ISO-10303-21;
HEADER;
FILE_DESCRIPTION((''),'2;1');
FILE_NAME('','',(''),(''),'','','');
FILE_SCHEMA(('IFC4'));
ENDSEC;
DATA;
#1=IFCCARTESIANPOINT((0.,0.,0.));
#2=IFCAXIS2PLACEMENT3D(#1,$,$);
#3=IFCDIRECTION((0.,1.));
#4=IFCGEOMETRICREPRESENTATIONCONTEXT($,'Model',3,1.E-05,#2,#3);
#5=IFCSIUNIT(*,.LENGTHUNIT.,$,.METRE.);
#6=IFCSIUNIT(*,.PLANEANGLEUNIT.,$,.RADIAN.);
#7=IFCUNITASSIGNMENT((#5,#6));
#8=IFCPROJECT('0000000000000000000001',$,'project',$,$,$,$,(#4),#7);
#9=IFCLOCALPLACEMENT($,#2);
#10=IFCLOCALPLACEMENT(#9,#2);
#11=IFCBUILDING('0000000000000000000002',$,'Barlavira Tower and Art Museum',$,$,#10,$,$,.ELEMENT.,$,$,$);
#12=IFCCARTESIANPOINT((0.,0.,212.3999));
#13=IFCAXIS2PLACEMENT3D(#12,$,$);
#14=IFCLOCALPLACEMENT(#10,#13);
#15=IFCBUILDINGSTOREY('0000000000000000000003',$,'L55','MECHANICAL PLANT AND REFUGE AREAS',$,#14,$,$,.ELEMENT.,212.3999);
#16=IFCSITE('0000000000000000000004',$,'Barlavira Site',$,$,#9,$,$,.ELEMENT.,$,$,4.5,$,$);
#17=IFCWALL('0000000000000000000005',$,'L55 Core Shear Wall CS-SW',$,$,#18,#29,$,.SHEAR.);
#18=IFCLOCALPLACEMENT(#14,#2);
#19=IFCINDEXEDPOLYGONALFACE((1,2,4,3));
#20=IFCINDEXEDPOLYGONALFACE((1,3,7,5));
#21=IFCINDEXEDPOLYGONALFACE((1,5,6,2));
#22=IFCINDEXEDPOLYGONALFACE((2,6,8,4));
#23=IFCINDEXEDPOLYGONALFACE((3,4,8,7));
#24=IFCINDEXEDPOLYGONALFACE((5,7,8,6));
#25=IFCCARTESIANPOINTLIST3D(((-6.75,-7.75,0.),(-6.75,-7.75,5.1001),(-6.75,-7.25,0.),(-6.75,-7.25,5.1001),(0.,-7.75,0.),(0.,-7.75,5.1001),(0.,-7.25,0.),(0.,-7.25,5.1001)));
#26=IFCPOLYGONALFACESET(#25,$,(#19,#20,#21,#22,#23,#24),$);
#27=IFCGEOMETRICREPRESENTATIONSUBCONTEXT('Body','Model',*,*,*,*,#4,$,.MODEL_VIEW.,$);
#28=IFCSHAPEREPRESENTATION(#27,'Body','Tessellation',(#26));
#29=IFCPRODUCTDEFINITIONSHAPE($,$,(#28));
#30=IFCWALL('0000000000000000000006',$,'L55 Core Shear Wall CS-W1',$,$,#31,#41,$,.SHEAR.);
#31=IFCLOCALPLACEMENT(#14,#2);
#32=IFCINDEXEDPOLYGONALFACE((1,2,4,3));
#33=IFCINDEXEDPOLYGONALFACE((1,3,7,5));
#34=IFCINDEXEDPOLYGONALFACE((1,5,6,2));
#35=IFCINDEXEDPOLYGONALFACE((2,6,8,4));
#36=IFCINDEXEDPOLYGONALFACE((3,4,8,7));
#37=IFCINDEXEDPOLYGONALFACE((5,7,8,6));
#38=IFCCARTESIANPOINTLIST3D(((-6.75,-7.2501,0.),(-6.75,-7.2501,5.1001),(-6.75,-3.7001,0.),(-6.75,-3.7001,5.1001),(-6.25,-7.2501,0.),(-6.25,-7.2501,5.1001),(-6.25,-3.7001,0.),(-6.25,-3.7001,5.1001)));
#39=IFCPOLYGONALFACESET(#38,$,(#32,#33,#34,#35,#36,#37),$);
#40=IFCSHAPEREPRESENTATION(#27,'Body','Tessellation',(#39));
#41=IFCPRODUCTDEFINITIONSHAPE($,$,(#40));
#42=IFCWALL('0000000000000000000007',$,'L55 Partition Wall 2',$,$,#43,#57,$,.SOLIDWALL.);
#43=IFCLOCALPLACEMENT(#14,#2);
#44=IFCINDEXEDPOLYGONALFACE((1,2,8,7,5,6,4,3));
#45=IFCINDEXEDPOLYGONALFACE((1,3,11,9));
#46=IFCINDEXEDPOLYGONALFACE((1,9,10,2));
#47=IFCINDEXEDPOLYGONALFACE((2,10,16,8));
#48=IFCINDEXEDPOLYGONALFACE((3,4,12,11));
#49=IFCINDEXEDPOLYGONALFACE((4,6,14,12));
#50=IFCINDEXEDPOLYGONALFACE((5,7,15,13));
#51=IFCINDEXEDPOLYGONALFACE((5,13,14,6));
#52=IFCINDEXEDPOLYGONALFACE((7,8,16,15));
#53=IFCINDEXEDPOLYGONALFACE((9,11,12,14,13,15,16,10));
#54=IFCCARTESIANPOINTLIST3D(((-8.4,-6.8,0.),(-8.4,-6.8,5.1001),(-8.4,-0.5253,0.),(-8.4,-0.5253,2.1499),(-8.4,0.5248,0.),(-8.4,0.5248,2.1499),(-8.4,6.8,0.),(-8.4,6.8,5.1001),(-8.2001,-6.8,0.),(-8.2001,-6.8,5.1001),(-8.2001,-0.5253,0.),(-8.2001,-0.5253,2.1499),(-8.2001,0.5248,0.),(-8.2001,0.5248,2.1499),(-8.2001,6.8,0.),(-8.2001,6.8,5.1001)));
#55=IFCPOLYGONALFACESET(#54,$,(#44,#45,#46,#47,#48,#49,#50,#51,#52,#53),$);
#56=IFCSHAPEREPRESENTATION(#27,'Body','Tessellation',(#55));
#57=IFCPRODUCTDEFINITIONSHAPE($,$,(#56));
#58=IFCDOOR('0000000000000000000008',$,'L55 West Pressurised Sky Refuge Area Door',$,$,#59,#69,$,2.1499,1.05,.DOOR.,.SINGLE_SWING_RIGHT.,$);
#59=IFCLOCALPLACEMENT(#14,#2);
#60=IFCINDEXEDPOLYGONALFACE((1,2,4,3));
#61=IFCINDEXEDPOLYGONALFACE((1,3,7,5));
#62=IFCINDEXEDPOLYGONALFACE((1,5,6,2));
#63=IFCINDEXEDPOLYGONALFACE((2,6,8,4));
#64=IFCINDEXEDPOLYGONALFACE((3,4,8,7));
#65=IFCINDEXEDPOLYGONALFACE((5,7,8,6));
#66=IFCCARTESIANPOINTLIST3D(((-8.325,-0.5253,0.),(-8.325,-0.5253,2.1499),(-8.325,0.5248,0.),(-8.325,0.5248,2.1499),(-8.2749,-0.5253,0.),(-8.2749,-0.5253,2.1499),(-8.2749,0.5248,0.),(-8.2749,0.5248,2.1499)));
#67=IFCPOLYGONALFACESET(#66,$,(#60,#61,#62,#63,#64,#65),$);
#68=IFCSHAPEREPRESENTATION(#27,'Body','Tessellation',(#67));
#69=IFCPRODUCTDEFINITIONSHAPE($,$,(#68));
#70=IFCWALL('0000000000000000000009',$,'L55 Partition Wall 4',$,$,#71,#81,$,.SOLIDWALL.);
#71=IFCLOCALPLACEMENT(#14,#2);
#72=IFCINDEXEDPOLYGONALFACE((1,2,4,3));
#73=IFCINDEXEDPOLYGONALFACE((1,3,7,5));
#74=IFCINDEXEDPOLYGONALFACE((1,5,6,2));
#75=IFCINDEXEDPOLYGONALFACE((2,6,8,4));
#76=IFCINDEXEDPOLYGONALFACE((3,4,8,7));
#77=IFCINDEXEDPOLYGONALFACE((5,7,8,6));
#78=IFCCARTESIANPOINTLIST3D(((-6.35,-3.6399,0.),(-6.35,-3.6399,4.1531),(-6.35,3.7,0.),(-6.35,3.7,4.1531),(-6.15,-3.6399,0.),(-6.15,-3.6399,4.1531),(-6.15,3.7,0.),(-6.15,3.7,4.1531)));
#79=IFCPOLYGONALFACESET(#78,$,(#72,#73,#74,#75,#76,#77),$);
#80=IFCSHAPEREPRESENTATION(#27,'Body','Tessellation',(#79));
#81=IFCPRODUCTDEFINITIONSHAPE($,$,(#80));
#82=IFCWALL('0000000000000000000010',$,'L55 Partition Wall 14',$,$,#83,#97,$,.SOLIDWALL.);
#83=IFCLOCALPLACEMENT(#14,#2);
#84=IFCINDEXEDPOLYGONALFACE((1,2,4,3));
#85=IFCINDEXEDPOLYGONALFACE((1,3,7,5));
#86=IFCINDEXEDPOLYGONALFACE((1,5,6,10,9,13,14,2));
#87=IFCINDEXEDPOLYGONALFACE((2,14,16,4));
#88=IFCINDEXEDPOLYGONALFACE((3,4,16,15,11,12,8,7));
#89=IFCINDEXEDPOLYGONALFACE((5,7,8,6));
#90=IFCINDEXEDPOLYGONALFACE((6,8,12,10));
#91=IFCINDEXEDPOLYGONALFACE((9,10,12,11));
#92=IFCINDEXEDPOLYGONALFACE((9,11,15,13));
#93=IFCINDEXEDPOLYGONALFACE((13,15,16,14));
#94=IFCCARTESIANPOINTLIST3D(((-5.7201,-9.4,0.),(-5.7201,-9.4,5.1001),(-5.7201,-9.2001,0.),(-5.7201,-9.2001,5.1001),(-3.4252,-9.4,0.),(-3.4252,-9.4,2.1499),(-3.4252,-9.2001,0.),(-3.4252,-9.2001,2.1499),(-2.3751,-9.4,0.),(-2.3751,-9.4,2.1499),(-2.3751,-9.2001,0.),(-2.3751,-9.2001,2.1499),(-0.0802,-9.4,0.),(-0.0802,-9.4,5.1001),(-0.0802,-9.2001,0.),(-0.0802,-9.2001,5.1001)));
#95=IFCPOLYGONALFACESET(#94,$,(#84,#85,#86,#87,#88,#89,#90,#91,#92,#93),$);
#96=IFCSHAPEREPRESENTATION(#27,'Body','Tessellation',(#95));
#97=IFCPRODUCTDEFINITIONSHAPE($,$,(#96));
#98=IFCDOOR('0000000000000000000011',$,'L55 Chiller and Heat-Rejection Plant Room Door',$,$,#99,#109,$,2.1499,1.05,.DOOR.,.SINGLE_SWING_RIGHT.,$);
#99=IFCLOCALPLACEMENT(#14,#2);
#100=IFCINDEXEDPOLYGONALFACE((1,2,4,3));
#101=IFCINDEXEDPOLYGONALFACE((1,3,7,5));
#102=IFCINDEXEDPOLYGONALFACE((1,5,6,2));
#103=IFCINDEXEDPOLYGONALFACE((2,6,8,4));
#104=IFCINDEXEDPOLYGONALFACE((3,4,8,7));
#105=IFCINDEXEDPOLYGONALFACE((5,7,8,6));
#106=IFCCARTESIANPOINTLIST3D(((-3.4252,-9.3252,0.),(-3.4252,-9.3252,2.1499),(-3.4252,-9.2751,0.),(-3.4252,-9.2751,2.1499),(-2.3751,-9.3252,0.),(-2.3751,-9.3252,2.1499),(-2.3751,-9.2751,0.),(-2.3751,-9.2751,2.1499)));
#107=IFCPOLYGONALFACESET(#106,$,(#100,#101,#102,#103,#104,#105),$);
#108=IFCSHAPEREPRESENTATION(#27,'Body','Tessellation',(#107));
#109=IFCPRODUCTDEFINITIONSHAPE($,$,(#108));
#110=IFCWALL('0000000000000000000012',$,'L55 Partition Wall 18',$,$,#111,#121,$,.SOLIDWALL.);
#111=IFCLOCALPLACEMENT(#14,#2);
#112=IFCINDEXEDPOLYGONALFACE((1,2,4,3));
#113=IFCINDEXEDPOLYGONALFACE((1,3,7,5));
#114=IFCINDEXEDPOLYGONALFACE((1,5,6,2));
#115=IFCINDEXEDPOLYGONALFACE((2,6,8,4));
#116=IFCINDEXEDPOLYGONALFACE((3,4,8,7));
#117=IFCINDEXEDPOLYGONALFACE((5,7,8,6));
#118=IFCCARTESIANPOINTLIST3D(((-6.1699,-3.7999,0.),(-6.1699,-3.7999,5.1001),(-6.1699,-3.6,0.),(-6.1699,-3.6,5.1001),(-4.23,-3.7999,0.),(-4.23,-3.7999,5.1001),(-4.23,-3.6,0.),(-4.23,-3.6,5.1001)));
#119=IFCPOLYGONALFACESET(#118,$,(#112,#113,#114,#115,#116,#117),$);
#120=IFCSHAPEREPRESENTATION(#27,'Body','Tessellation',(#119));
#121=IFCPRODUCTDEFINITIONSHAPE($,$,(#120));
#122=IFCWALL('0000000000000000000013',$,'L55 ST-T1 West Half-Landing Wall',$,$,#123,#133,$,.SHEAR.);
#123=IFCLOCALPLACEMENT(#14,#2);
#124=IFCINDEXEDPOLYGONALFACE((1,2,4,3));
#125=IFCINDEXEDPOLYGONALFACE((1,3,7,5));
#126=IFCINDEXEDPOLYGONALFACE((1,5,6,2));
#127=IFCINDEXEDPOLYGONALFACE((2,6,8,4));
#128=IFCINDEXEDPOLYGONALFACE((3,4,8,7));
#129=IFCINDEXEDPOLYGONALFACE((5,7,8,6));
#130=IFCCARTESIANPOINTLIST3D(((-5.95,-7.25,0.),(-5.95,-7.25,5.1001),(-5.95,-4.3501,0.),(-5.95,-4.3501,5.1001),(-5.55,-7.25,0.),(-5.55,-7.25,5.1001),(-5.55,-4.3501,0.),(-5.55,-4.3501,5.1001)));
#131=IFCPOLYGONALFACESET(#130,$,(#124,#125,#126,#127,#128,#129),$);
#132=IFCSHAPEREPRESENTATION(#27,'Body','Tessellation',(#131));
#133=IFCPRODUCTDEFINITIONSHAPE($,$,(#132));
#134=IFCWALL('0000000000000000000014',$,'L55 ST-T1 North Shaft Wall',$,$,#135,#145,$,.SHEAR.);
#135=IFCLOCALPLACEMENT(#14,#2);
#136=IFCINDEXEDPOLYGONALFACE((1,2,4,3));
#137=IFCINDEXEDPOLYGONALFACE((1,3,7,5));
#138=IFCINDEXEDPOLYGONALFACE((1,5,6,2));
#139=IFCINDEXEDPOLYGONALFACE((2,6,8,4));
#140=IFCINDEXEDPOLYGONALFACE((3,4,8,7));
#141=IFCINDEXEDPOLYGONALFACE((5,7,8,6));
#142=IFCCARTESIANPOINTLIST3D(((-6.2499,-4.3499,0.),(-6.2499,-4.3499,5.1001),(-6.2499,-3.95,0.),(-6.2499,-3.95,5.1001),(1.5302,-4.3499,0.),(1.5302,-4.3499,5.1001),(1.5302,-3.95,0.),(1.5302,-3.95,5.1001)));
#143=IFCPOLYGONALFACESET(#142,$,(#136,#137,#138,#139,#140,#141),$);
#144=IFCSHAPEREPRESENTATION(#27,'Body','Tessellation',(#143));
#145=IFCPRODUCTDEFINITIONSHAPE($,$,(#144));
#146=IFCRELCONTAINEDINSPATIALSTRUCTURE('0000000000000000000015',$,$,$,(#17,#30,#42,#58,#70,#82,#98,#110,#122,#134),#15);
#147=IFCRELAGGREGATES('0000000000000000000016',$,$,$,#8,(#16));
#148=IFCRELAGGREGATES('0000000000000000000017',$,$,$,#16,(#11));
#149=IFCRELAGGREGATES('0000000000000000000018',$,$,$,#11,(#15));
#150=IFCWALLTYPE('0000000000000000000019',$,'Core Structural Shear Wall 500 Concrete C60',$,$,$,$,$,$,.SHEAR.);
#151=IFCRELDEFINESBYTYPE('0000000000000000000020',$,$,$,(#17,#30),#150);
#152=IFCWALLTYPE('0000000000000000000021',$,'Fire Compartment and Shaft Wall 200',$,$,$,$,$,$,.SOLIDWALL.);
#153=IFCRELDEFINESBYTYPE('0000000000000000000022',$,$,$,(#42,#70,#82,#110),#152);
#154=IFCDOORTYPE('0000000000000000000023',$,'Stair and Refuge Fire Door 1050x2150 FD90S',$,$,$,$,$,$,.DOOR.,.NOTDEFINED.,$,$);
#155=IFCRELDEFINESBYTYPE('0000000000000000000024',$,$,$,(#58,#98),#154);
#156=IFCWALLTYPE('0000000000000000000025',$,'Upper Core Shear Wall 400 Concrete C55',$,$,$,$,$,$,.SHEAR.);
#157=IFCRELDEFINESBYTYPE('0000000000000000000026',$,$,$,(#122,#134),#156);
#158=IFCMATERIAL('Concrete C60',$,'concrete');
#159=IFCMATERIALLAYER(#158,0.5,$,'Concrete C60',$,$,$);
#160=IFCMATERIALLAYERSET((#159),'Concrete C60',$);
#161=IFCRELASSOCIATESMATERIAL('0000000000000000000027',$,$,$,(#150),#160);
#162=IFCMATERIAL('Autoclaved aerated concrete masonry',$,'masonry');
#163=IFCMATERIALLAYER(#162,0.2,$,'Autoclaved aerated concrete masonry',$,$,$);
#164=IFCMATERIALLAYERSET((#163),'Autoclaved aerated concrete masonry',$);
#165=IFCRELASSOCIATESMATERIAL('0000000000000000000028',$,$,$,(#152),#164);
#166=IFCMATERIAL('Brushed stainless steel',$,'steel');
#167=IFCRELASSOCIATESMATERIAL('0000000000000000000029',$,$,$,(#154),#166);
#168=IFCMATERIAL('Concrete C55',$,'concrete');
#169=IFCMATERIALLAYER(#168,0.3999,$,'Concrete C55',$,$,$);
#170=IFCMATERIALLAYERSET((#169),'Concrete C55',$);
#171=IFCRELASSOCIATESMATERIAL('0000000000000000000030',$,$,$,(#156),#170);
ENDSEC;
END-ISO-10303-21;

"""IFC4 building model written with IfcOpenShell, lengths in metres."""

from ifc_helpers import new_model, si_unit, direction, frame, frame_2d, origin, place, context, subcontext, project, spatial, rectangle, extrude, material, layer, layer_set, type_object, element, fill, save


model = new_model("IFC4")

# Units and contexts
model_context = context("Model", 3, precision=1e-05, world=origin(), true_north=direction((0.0, 1.0)))
body_context = subcontext(model_context, "Body", "Model", "MODEL_VIEW")
ifc_project = project(units=[si_unit("LENGTHUNIT", "METRE"), si_unit("PLANEANGLEUNIT", "RADIAN")], contexts=[model_context])

# Site, building, storey
site_placement = place(None, origin())
site = spatial("IfcSite", under=ifc_project, at=site_placement, Name="Barlavira Site", CompositionType="ELEMENT", RefElevation=4.5)
building_placement = place(site_placement, origin())
building = spatial("IfcBuilding", under=site, at=building_placement, Name="Barlavira Tower and Art Museum", CompositionType="ELEMENT")
storey_placement = place(building_placement, frame((0.0, 0.0, 212.3999)))
storey = spatial("IfcBuildingStorey", under=building, at=storey_placement, Name="L55", Description="MECHANICAL PLANT AND REFUGE AREAS", CompositionType="ELEMENT", Elevation=212.3999)

# Walls
ifc_material_1 = material(Name="Concrete C60", Category="concrete")
ifc_layer_1 = layer(ifc_material_1, 0.5, Name="Concrete C60")
ifc_layer_set_1 = layer_set([ifc_layer_1], Name="Concrete C60")
wall_type_1 = type_object("IfcWallType", Name="Core Structural Shear Wall 500 Concrete C60", PredefinedType="SHEAR", material=ifc_layer_set_1)
wall_1_placement = place(storey_placement, frame((-6.75, -7.5, 0.0), z_axis=(0.0, 0.0, 1.0), x_axis=(1.0, 0.0, 0.0)))
element("IfcWall", 1, at=wall_1_placement, inside=storey, type_object=wall_type_1, Name="L55 Core Shear Wall CS-SW", PredefinedType="SHEAR", context=body_context, shape_type="SweptSolid", body=[
    extrude(rectangle(XDim=6.75, YDim=0.5, at=frame_2d((3.375, 0.0))), origin(), (0.0, 0.0, 1.0), 5.1001),
])
wall_2_placement = place(storey_placement, frame((-6.5, -7.25, 0.0), z_axis=(0.0, 0.0, 1.0), x_axis=(0.0, 1.0, 0.0)))
element("IfcWall", 2, at=wall_2_placement, inside=storey, type_object=wall_type_1, Name="L55 Core Shear Wall CS-W1", PredefinedType="SHEAR", context=body_context, shape_type="SweptSolid", body=[
    extrude(rectangle(XDim=3.55, YDim=0.5, at=frame_2d((1.7749, 0.0))), origin(), (0.0, 0.0, 1.0), 5.1001),
])

# Wall, opening, door
ifc_material_2 = material(Name="Autoclaved aerated concrete masonry", Category="masonry")
ifc_layer_2 = layer(ifc_material_2, 0.2, Name="Autoclaved aerated concrete masonry")
ifc_layer_set_2 = layer_set([ifc_layer_2], Name="Autoclaved aerated concrete masonry")
wall_type_2 = type_object("IfcWallType", Name="Fire Compartment and Shaft Wall 200", PredefinedType="SOLIDWALL", material=ifc_layer_set_2)
wall_3_placement = place(storey_placement, frame((-8.3, -6.8, 0.0), z_axis=(0.0, 0.0, 1.0), x_axis=(0.0, 1.0, 0.0)))
wall_3 = element("IfcWall", 3, at=wall_3_placement, inside=storey, type_object=wall_type_2, Name="L55 Partition Wall 2", PredefinedType="SOLIDWALL", context=body_context, shape_type="SweptSolid", body=[
    extrude(rectangle(XDim=13.6001, YDim=0.2, at=frame_2d((6.8, 0.0))), origin(), (0.0, 0.0, 1.0), 5.1001),
])
opening_1_placement = place(wall_3_placement, frame((6.2749, 0.0, 0.0)))
opening_1 = element("IfcOpeningElement", 4, at=opening_1_placement, cuts=wall_3, PredefinedType="OPENING", context=body_context, shape_type="SweptSolid", body=[
    extrude(rectangle(XDim=1.05, YDim=2.1499, at=frame_2d((0.5249, 1.075))), frame((0.0, 0.1099, 0.0), z_axis=(0.0, -1.0, 0.0), x_axis=(1.0, 0.0, 0.0)), (0.0, 0.0, 1.0), 0.22),
])
ifc_material_3 = material(Name="Brushed stainless steel", Category="steel")
door_type_1 = type_object("IfcDoorType", Name="Stair and Refuge Fire Door 1050x2150 FD90S", OperationType="NOTDEFINED", PredefinedType="DOOR", material=ifc_material_3)
door_1_placement = place(opening_1_placement, origin())
door_1 = element("IfcDoor", 5, at=door_1_placement, inside=storey, type_object=door_type_1, Name="L55 West Pressurised Sky Refuge Area Door", OperationType="SINGLE_SWING_RIGHT", OverallHeight=2.1499, OverallWidth=1.05, PredefinedType="DOOR", context=body_context, shape_type="SweptSolid", body=[
    extrude(rectangle(XDim=1.05, YDim=2.1499, at=frame_2d((0.5249, 1.075))), frame((0.0, 0.0249, 0.0), z_axis=(0.0, -1.0, 0.0), x_axis=(1.0, 0.0, 0.0)), (0.0, 0.0, 1.0), 0.05),
])
fill(opening_1, door_1)

# Wall
wall_4_placement = place(storey_placement, frame((-6.25, -3.6399, 0.0), z_axis=(0.0, 0.0, 1.0), x_axis=(0.0, 1.0, 0.0)))
element("IfcWall", 6, at=wall_4_placement, inside=storey, type_object=wall_type_2, Name="L55 Partition Wall 4", PredefinedType="SOLIDWALL", context=body_context, shape_type="SweptSolid", body=[
    extrude(rectangle(XDim=7.3398, YDim=0.2, at=frame_2d((3.6699, 0.0))), origin(), (0.0, 0.0, 1.0), 4.1531),
])

# Wall, opening, door
wall_5_placement = place(storey_placement, frame((-5.72, -9.3, 0.0), z_axis=(0.0, 0.0, 1.0), x_axis=(1.0, 0.0, 0.0)))
wall_5 = element("IfcWall", 7, at=wall_5_placement, inside=storey, type_object=wall_type_2, Name="L55 Partition Wall 14", PredefinedType="SOLIDWALL", context=body_context, shape_type="SweptSolid", body=[
    extrude(rectangle(XDim=5.6399, YDim=0.2, at=frame_2d((2.8198, 0.0))), origin(), (0.0, 0.0, 1.0), 5.1001),
])
opening_2_placement = place(wall_5_placement, frame((2.2949, 0.0, 0.0)))
opening_2 = element("IfcOpeningElement", 8, at=opening_2_placement, cuts=wall_5, PredefinedType="OPENING", context=body_context, shape_type="SweptSolid", body=[
    extrude(rectangle(XDim=1.05, YDim=2.1499, at=frame_2d((0.5249, 1.075))), frame((0.0, 0.1099, 0.0), z_axis=(0.0, -1.0, 0.0), x_axis=(1.0, 0.0, 0.0)), (0.0, 0.0, 1.0), 0.22),
])
door_2_placement = place(opening_2_placement, origin())
door_2 = element("IfcDoor", 9, at=door_2_placement, inside=storey, type_object=door_type_1, Name="L55 Chiller and Heat-Rejection Plant Room Door", OperationType="SINGLE_SWING_RIGHT", OverallHeight=2.1499, OverallWidth=1.05, PredefinedType="DOOR", context=body_context, shape_type="SweptSolid", body=[
    extrude(rectangle(XDim=1.05, YDim=2.1499, at=frame_2d((0.5249, 1.075))), frame((0.0, 0.0249, 0.0), z_axis=(0.0, -1.0, 0.0), x_axis=(1.0, 0.0, 0.0)), (0.0, 0.0, 1.0), 0.05),
])
fill(opening_2, door_2)

# Walls
wall_6_placement = place(storey_placement, frame((-6.1699, -3.7, 0.0), z_axis=(0.0, 0.0, 1.0), x_axis=(1.0, 0.0, 0.0)))
element("IfcWall", 10, at=wall_6_placement, inside=storey, type_object=wall_type_2, Name="L55 Partition Wall 18", PredefinedType="SOLIDWALL", context=body_context, shape_type="SweptSolid", body=[
    extrude(rectangle(XDim=1.9399, YDim=0.2, at=frame_2d((0.97, 0.0))), origin(), (0.0, 0.0, 1.0), 5.1001),
])
ifc_material_4 = material(Name="Concrete C55", Category="concrete")
ifc_layer_3 = layer(ifc_material_4, 0.3999, Name="Concrete C55")
ifc_layer_set_3 = layer_set([ifc_layer_3], Name="Concrete C55")
wall_type_3 = type_object("IfcWallType", Name="Upper Core Shear Wall 400 Concrete C55", PredefinedType="SHEAR", material=ifc_layer_set_3)
wall_7_placement = place(storey_placement, frame((-5.75, -7.25, 0.0), z_axis=(0.0, 0.0, 1.0), x_axis=(0.0, 1.0, 0.0)))
element("IfcWall", 11, at=wall_7_placement, inside=storey, type_object=wall_type_3, Name="L55 ST-T1 West Half-Landing Wall", PredefinedType="SHEAR", context=body_context, shape_type="SweptSolid", body=[
    extrude(rectangle(XDim=2.8999, YDim=0.3999, at=frame_2d((1.45, 0.0))), origin(), (0.0, 0.0, 1.0), 5.1001),
])
wall_8_placement = place(storey_placement, frame((-6.25, -4.1499, 0.0), z_axis=(0.0, 0.0, 1.0), x_axis=(1.0, 0.0, 0.0)))
element("IfcWall", 12, at=wall_8_placement, inside=storey, type_object=wall_type_3, Name="L55 ST-T1 North Shaft Wall", PredefinedType="SHEAR", context=body_context, shape_type="SweptSolid", body=[
    extrude(rectangle(XDim=7.78, YDim=0.3999, at=frame_2d((3.8901, 0.0))), origin(), (0.0, 0.0, 1.0), 5.1001),
])

save(model, "model.ifc")
